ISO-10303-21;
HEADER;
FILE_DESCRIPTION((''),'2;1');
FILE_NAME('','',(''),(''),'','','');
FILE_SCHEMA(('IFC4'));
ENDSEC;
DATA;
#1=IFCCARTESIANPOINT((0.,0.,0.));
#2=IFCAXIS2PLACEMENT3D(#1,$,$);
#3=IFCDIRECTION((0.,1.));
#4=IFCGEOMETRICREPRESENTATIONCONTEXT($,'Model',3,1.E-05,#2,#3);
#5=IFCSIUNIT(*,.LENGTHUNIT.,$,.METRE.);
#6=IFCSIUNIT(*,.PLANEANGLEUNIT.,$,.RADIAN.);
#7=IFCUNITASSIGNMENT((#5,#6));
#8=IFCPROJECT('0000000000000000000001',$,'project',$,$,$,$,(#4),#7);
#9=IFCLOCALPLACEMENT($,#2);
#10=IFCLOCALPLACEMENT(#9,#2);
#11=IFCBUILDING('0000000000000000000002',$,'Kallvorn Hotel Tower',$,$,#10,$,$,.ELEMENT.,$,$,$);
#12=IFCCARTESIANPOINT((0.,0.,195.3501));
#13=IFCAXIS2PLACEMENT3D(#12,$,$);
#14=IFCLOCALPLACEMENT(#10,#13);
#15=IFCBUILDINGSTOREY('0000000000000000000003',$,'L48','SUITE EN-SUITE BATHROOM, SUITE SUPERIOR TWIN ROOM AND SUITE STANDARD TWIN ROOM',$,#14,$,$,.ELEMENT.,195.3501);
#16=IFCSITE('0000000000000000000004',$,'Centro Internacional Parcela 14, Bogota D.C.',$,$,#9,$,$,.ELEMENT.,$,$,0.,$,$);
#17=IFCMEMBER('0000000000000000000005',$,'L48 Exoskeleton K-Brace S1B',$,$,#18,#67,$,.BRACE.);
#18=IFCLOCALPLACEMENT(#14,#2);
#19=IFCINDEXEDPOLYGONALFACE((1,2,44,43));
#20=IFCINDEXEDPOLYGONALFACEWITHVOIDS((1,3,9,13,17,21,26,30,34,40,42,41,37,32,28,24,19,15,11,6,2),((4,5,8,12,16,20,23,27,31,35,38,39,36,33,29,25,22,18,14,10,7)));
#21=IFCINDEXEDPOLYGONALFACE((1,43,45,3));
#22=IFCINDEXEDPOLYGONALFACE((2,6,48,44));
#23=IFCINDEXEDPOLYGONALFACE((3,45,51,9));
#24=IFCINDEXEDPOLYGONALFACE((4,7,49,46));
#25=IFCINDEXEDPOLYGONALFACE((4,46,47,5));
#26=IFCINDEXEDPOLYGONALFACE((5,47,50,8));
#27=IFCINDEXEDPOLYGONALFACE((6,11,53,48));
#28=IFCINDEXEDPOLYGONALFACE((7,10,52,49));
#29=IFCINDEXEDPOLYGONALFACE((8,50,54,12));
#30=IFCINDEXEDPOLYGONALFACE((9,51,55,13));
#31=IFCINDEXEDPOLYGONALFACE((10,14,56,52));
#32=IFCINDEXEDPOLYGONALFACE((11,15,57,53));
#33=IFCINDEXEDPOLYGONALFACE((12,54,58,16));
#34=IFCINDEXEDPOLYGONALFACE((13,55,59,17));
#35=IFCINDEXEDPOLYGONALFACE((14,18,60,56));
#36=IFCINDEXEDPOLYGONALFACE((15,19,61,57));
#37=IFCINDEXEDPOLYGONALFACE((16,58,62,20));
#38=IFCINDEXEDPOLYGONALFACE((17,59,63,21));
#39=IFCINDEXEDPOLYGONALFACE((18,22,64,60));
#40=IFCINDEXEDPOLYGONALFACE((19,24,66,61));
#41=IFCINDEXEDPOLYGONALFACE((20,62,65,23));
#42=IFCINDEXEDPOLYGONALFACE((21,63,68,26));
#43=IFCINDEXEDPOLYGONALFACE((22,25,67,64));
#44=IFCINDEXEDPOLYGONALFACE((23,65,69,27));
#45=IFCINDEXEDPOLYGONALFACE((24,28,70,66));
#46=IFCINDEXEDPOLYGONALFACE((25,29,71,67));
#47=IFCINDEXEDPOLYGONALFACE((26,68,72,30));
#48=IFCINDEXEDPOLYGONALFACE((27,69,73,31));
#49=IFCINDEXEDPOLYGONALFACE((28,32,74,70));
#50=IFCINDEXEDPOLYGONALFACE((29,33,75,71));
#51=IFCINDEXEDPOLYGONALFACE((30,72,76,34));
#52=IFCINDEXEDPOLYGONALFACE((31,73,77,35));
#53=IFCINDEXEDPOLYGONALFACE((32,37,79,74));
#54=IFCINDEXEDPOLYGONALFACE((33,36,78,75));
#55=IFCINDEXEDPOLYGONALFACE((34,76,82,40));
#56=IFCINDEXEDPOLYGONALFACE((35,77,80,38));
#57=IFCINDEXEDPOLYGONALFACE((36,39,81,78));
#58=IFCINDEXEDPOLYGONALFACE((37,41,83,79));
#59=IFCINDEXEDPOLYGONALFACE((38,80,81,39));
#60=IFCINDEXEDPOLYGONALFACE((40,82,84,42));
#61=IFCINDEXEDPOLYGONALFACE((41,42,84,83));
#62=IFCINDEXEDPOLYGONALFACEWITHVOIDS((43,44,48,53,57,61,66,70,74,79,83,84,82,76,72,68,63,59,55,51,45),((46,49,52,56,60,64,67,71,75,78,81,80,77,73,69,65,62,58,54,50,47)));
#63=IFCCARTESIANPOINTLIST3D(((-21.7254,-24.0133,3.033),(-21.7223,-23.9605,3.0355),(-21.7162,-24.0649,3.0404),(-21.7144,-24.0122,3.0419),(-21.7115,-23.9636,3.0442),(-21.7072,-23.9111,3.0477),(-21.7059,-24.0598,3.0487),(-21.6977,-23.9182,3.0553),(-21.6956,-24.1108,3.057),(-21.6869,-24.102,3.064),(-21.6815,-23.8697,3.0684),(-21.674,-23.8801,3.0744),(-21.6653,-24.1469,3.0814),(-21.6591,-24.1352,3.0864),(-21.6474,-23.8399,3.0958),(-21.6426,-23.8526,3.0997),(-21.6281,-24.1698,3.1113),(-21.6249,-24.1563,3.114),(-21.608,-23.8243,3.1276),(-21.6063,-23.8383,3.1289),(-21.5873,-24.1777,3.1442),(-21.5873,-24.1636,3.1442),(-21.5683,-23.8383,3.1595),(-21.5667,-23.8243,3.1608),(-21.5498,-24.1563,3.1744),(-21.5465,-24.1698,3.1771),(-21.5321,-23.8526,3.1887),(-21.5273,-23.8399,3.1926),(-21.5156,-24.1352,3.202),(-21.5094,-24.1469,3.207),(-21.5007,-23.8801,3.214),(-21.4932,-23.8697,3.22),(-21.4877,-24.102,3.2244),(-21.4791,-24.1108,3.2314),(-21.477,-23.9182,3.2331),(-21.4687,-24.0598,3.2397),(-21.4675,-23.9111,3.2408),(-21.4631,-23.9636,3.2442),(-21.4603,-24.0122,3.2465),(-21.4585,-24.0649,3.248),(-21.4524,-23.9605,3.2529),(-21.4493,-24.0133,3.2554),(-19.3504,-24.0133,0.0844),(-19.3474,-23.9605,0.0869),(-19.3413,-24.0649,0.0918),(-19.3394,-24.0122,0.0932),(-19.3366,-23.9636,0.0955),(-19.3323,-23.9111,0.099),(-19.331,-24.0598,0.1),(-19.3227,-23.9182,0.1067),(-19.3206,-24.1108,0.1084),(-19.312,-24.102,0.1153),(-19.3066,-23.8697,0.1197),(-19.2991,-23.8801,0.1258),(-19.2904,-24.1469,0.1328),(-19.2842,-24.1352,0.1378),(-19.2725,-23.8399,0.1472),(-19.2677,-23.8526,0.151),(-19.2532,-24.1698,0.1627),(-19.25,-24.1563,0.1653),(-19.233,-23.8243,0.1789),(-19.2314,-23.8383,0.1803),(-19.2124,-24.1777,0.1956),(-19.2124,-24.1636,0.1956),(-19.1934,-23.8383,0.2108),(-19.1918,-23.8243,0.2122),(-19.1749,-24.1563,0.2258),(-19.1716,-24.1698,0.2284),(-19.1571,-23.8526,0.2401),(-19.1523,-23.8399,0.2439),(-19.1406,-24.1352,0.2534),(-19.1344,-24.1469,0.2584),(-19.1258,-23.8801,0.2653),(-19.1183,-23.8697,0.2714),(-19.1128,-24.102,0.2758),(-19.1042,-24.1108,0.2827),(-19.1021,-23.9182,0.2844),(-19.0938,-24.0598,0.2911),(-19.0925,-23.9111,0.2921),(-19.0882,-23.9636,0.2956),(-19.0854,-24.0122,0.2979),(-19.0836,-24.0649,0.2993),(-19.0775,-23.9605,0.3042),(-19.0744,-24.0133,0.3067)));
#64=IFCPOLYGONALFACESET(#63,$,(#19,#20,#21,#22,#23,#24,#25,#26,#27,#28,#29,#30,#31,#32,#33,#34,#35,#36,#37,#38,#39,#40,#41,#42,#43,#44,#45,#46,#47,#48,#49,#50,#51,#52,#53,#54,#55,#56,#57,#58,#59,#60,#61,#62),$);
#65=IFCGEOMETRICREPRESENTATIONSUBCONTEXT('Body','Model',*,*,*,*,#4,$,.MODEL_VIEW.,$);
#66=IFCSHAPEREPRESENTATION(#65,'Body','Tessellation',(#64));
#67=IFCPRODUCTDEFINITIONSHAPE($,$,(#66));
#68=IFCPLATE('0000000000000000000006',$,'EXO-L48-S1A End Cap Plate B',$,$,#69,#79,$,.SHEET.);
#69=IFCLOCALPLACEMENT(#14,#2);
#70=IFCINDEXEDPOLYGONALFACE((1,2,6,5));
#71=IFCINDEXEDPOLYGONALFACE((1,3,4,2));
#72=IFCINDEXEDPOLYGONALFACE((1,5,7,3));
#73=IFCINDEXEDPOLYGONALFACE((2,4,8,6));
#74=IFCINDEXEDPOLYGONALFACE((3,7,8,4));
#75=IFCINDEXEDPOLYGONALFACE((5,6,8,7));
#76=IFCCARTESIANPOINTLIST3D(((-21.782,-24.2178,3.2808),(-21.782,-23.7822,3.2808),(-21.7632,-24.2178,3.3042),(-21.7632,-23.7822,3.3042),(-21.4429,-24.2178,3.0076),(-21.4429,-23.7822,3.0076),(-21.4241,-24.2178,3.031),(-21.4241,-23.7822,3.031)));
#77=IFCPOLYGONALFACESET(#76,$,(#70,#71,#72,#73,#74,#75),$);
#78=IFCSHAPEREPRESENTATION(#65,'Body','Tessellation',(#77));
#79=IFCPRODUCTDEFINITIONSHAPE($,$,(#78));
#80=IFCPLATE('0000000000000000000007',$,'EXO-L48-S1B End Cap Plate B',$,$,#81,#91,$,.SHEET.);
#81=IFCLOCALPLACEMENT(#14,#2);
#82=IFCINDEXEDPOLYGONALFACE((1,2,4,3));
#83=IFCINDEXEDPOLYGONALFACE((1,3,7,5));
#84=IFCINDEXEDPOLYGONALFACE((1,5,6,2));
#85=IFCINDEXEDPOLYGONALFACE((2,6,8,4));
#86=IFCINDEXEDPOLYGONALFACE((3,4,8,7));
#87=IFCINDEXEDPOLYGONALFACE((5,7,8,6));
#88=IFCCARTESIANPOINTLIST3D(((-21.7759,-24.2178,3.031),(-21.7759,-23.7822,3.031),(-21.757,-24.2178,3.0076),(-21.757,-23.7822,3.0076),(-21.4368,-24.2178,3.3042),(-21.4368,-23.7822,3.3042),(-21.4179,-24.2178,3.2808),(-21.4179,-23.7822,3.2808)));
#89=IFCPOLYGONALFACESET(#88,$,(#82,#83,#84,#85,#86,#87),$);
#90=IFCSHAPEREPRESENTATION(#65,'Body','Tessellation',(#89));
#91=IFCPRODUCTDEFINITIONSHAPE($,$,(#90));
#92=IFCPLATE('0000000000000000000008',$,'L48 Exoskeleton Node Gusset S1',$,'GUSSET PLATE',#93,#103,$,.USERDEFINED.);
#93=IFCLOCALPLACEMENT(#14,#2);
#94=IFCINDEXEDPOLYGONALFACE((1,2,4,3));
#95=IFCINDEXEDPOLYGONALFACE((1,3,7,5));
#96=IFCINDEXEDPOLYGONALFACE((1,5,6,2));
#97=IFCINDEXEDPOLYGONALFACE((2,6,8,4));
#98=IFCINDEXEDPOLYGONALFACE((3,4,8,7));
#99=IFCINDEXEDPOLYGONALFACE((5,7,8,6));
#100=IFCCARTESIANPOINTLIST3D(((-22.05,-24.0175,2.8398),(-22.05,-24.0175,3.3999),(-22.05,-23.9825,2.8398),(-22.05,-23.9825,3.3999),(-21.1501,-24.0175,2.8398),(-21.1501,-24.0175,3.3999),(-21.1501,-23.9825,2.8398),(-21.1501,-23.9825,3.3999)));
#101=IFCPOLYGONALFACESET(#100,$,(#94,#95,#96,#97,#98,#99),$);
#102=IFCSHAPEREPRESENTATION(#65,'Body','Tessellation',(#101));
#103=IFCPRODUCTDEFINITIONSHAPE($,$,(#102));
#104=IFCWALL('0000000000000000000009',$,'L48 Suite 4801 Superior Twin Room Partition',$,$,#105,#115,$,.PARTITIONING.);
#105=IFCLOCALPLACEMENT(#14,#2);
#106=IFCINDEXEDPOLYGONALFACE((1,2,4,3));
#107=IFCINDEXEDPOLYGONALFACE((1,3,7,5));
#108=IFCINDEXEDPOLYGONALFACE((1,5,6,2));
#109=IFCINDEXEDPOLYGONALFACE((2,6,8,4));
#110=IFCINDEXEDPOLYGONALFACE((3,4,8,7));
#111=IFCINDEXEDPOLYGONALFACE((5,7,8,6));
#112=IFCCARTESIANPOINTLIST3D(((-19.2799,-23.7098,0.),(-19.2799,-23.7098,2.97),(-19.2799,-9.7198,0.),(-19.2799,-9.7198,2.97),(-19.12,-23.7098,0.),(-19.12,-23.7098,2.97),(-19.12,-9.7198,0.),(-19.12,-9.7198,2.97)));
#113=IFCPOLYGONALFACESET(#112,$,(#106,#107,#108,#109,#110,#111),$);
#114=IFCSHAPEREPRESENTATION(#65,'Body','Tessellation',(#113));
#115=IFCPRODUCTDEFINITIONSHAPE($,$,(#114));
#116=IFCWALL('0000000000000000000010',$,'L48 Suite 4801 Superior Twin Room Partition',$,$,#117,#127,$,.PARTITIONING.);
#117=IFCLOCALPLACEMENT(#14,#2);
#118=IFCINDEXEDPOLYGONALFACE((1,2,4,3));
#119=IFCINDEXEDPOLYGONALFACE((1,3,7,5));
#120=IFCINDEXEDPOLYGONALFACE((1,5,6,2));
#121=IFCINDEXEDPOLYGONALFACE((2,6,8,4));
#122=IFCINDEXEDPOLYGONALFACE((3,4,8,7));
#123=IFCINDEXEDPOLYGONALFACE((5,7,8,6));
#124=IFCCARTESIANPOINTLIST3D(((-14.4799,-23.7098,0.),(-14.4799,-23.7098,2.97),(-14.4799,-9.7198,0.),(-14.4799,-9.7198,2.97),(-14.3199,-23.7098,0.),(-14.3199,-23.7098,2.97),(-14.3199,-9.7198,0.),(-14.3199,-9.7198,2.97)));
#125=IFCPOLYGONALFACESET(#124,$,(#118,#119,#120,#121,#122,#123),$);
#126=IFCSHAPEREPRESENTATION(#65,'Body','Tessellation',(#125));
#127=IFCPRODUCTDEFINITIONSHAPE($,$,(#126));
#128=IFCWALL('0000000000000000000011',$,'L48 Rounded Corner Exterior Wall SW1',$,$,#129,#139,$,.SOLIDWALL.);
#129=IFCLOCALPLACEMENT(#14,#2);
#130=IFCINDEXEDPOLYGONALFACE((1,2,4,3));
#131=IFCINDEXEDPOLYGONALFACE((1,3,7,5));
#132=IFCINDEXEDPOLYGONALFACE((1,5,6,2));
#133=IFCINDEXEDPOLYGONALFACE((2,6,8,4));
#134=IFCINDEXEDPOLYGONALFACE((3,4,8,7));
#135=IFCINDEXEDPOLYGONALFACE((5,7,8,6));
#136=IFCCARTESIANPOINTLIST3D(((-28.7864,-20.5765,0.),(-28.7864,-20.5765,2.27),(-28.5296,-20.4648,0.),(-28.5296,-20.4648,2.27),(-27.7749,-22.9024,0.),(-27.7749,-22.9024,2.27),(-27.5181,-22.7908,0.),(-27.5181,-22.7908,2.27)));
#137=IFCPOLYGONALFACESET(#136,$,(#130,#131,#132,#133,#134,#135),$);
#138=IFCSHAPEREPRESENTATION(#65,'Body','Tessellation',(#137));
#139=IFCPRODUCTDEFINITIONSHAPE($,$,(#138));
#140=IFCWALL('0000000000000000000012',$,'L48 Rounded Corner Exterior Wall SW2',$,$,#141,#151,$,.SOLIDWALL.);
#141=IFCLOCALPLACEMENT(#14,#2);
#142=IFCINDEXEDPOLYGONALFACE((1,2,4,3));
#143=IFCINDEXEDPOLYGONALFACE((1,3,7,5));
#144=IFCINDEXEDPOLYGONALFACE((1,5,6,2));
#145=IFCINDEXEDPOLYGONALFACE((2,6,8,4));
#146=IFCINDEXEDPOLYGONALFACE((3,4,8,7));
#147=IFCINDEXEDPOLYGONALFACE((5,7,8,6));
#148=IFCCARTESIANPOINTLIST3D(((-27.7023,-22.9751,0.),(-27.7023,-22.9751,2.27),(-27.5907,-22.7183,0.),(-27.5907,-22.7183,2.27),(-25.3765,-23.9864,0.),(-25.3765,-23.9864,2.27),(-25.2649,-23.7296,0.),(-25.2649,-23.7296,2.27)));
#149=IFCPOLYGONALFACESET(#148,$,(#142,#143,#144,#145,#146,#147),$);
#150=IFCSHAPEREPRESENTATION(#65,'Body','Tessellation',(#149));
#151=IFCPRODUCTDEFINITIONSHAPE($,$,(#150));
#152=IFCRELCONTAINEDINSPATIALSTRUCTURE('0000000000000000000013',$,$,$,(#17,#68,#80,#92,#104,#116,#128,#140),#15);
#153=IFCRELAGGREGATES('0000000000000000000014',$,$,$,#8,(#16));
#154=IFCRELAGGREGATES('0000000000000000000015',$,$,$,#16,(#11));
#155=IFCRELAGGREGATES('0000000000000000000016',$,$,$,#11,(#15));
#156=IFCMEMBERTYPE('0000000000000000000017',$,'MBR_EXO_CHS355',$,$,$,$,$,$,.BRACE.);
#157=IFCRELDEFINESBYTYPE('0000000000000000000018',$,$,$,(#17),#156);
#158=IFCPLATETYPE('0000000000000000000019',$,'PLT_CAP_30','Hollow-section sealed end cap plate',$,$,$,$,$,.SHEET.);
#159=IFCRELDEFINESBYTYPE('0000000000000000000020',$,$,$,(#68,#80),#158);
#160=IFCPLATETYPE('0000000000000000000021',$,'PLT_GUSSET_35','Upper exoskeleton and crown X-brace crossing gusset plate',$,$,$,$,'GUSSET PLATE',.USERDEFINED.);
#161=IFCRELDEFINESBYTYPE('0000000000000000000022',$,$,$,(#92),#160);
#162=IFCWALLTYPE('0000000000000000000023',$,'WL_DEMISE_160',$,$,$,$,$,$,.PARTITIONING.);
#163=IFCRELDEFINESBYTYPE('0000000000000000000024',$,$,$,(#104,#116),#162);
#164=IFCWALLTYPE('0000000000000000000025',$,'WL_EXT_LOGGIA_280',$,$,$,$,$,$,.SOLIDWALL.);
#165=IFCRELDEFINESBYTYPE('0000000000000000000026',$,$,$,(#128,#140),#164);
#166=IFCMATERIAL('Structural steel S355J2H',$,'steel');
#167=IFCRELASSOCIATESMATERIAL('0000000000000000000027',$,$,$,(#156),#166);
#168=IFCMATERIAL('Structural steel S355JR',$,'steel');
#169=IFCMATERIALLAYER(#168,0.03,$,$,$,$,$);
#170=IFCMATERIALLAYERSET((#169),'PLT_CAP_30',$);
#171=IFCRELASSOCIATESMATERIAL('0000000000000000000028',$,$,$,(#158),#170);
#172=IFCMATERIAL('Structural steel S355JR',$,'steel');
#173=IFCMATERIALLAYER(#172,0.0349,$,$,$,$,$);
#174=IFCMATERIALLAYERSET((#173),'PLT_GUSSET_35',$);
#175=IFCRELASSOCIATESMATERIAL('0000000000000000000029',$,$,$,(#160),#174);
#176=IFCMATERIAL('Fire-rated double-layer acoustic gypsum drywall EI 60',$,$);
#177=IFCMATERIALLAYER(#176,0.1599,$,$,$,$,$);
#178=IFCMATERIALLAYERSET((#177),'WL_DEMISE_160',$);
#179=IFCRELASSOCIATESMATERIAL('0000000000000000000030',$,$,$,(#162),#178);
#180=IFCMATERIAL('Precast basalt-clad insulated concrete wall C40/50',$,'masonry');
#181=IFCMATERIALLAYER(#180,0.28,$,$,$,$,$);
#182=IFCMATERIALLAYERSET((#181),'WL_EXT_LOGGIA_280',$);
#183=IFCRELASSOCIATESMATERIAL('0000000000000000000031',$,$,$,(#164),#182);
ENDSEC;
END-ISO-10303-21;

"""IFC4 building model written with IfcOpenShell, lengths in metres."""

from ifc_helpers import new_model, si_unit, direction, frame, frame_2d, origin, origin_2d, place, context, subcontext, project, spatial, polyline, rectangle, hollow_circle, outline, extrude, material, layer, layer_set, material_profile, profile_set, type_object, element, save


model = new_model("IFC4")

# Units and contexts
model_context = context("Model", 3, precision=1e-05, world=origin(), true_north=direction((0.0, 1.0)))
body_context = subcontext(model_context, "Body", "Model", "MODEL_VIEW")
ifc_project = project(units=[si_unit("LENGTHUNIT", "METRE"), si_unit("PLANEANGLEUNIT", "RADIAN")], contexts=[model_context])

# Site, building, storey
site_placement = place(None, origin())
site = spatial("IfcSite", under=ifc_project, at=site_placement, Name="Centro Internacional Parcela 14, Bogota D.C.", CompositionType="ELEMENT", RefElevation=0.0)
building_placement = place(site_placement, origin())
building = spatial("IfcBuilding", under=site, at=building_placement, Name="Kallvorn Hotel Tower", CompositionType="ELEMENT")
storey_placement = place(building_placement, frame((0.0, 0.0, 195.3501)))
storey = spatial("IfcBuildingStorey", under=building, at=storey_placement, Name="L48", Description="SUITE EN-SUITE BATHROOM, SUITE SUPERIOR TWIN ROOM AND SUITE STANDARD TWIN ROOM", CompositionType="ELEMENT", Elevation=195.3501)

# Member
ifc_material_1 = material(Name="Structural steel S355J2H", Category="steel")
ifc_material_profile_1 = material_profile(ifc_material_1, hollow_circle(Radius=0.1777, WallThickness=0.0142, at=origin_2d()), Name="CHS 355.6x14.2")
ifc_profile_set_1 = profile_set([ifc_material_profile_1], Name="Structural steel S355J2H")
member_type = type_object("IfcMemberType", Name="MBR_EXO_CHS355", PredefinedType="BRACE", material=ifc_profile_set_1)
for number, where, z_axis, x_axis, name in (
    (1, (-19.2124, -24.0, 0.1956), (-0.627271, 0.0, 0.778801), (0.0, -1.0, 0.0), "L48 Exoskeleton K-Brace S1B"),
):
    element("IfcMember", number, at=place(storey_placement, frame(where, z_axis=z_axis, x_axis=x_axis)), inside=storey, type_object=member_type, Name=name, PredefinedType="BRACE", context=body_context, shape_type="SweptSolid", body=[
        extrude(hollow_circle(Radius=0.1777, WallThickness=0.0142, at=origin_2d()), origin(), (0.0, 0.0, 1.0), 3.7861),
    ])

# Plates
ifc_material_2 = material(Name="Structural steel S355JR", Category="steel")
ifc_layer_1 = layer(ifc_material_2, 0.03)
ifc_layer_set_1 = layer_set([ifc_layer_1], Name="PLT_CAP_30")
plate_type_1 = type_object("IfcPlateType", Name="PLT_CAP_30", Description="Hollow-section sealed end cap plate", PredefinedType="SHEET", material=ifc_layer_set_1)
for number, where, z_axis, x_axis, name in (
    (2, (-21.4241, -24.2178, 3.031), (0.627358, 0.0, 0.778731), (0.0, 1.0, 0.0), "EXO-L48-S1A End Cap Plate B"),
    (3, (-21.7759, -23.7822, 3.031), (-0.627358, 0.0, 0.778731), (0.0, -1.0, 0.0), "EXO-L48-S1B End Cap Plate B"),
):
    element("IfcPlate", number, at=place(storey_placement, frame(where, z_axis=z_axis, x_axis=x_axis)), inside=storey, type_object=plate_type_1, Name=name, PredefinedType="SHEET", context=body_context, shape_type="SweptSolid", body=[
        extrude(outline(polyline([(0.0, 0.0), (0.4355, 0.0), (0.4355, 0.4355), (0.0, 0.4355), (0.0, 0.0)])), origin(), (0.0, 0.0, -1.0), 0.03),
    ])
ifc_material_3 = material(Name="Structural steel S355JR", Category="steel")
ifc_layer_2 = layer(ifc_material_3, 0.0349)
ifc_layer_set_2 = layer_set([ifc_layer_2], Name="PLT_GUSSET_35")
plate_type_2 = type_object("IfcPlateType", Name="PLT_GUSSET_35", Description="Upper exoskeleton and crown X-brace crossing gusset plate", ElementType="GUSSET PLATE", PredefinedType="USERDEFINED", material=ifc_layer_set_2)
plate_placement = place(storey_placement, frame((-21.6001, -24.0, 2.8398), z_axis=(0.0, 0.0, 1.0), x_axis=(1.0, 0.0, 0.0)))
element("IfcPlate", 4, at=plate_placement, inside=storey, type_object=plate_type_2, Name="L48 Exoskeleton Node Gusset S1", ObjectType="GUSSET PLATE", PredefinedType="USERDEFINED", context=body_context, shape_type="SweptSolid", body=[
    extrude(rectangle(XDim=0.8999, YDim=0.0349, at=origin_2d()), origin(), (0.0, 0.0, 1.0), 0.5601),
])

# Walls
ifc_material_4 = material(Name="Fire-rated double-layer acoustic gypsum drywall EI 60")
ifc_layer_3 = layer(ifc_material_4, 0.1599)
ifc_layer_set_3 = layer_set([ifc_layer_3], Name="WL_DEMISE_160")
wall_type_1 = type_object("IfcWallType", Name="WL_DEMISE_160", PredefinedType="PARTITIONING", material=ifc_layer_set_3)
for number, where, z_axis, x_axis, name in (
    (5, (-19.2, -23.71, 0.0), (0.0, 0.0, 1.0), (0.0, 1.0, 0.0), "L48 Suite 4801 Superior Twin Room Partition"),
    (6, (-14.3999, -23.71, 0.0), (0.0, 0.0, 1.0), (0.0, 1.0, 0.0), "L48 Suite 4801 Superior Twin Room Partition"),
):
    element("IfcWall", number, at=place(storey_placement, frame(where, z_axis=z_axis, x_axis=x_axis)), inside=storey, type_object=wall_type_1, Name=name, PredefinedType="PARTITIONING", context=body_context, shape_type="SweptSolid", body=[
        extrude(rectangle(XDim=13.99, YDim=0.1599, at=frame_2d((6.9951, 0.0))), origin(), (0.0, 0.0, 1.0), 2.97),
    ])
ifc_material_5 = material(Name="Precast basalt-clad insulated concrete wall C40/50", Category="masonry")
ifc_layer_4 = layer(ifc_material_5, 0.28)
ifc_layer_set_4 = layer_set([ifc_layer_4], Name="WL_EXT_LOGGIA_280")
wall_type_2 = type_object("IfcWallType", Name="WL_EXT_LOGGIA_280", PredefinedType="SOLIDWALL", material=ifc_layer_set_4)
wall_1_placement = place(storey_placement, frame((-28.658, -20.5208, 0.0), z_axis=(0.0, 0.0, 1.0), x_axis=(0.398793, -0.917041, 0.0)))
element("IfcWall", 7, at=wall_1_placement, inside=storey, type_object=wall_type_2, Name="L48 Rounded Corner Exterior Wall SW1", PredefinedType="SOLIDWALL", context=body_context, shape_type="SweptSolid", body=[
    extrude(rectangle(XDim=2.5364, YDim=0.28, at=frame_2d((1.2681, 0.0))), origin(), (0.0, 0.0, 1.0), 2.27),
])
wall_2_placement = place(storey_placement, frame((-27.6465, -22.8467, 0.0), z_axis=(0.0, 0.0, 1.0), x_axis=(0.917061, -0.398747, 0.0)))
element("IfcWall", 8, at=wall_2_placement, inside=storey, type_object=wall_type_2, Name="L48 Rounded Corner Exterior Wall SW2", PredefinedType="SOLIDWALL", context=body_context, shape_type="SweptSolid", body=[
    extrude(rectangle(XDim=2.5361, YDim=0.28, at=frame_2d((1.2681, 0.0))), origin(), (0.0, 0.0, 1.0), 2.27),
])

save(model, "model.ifc")
